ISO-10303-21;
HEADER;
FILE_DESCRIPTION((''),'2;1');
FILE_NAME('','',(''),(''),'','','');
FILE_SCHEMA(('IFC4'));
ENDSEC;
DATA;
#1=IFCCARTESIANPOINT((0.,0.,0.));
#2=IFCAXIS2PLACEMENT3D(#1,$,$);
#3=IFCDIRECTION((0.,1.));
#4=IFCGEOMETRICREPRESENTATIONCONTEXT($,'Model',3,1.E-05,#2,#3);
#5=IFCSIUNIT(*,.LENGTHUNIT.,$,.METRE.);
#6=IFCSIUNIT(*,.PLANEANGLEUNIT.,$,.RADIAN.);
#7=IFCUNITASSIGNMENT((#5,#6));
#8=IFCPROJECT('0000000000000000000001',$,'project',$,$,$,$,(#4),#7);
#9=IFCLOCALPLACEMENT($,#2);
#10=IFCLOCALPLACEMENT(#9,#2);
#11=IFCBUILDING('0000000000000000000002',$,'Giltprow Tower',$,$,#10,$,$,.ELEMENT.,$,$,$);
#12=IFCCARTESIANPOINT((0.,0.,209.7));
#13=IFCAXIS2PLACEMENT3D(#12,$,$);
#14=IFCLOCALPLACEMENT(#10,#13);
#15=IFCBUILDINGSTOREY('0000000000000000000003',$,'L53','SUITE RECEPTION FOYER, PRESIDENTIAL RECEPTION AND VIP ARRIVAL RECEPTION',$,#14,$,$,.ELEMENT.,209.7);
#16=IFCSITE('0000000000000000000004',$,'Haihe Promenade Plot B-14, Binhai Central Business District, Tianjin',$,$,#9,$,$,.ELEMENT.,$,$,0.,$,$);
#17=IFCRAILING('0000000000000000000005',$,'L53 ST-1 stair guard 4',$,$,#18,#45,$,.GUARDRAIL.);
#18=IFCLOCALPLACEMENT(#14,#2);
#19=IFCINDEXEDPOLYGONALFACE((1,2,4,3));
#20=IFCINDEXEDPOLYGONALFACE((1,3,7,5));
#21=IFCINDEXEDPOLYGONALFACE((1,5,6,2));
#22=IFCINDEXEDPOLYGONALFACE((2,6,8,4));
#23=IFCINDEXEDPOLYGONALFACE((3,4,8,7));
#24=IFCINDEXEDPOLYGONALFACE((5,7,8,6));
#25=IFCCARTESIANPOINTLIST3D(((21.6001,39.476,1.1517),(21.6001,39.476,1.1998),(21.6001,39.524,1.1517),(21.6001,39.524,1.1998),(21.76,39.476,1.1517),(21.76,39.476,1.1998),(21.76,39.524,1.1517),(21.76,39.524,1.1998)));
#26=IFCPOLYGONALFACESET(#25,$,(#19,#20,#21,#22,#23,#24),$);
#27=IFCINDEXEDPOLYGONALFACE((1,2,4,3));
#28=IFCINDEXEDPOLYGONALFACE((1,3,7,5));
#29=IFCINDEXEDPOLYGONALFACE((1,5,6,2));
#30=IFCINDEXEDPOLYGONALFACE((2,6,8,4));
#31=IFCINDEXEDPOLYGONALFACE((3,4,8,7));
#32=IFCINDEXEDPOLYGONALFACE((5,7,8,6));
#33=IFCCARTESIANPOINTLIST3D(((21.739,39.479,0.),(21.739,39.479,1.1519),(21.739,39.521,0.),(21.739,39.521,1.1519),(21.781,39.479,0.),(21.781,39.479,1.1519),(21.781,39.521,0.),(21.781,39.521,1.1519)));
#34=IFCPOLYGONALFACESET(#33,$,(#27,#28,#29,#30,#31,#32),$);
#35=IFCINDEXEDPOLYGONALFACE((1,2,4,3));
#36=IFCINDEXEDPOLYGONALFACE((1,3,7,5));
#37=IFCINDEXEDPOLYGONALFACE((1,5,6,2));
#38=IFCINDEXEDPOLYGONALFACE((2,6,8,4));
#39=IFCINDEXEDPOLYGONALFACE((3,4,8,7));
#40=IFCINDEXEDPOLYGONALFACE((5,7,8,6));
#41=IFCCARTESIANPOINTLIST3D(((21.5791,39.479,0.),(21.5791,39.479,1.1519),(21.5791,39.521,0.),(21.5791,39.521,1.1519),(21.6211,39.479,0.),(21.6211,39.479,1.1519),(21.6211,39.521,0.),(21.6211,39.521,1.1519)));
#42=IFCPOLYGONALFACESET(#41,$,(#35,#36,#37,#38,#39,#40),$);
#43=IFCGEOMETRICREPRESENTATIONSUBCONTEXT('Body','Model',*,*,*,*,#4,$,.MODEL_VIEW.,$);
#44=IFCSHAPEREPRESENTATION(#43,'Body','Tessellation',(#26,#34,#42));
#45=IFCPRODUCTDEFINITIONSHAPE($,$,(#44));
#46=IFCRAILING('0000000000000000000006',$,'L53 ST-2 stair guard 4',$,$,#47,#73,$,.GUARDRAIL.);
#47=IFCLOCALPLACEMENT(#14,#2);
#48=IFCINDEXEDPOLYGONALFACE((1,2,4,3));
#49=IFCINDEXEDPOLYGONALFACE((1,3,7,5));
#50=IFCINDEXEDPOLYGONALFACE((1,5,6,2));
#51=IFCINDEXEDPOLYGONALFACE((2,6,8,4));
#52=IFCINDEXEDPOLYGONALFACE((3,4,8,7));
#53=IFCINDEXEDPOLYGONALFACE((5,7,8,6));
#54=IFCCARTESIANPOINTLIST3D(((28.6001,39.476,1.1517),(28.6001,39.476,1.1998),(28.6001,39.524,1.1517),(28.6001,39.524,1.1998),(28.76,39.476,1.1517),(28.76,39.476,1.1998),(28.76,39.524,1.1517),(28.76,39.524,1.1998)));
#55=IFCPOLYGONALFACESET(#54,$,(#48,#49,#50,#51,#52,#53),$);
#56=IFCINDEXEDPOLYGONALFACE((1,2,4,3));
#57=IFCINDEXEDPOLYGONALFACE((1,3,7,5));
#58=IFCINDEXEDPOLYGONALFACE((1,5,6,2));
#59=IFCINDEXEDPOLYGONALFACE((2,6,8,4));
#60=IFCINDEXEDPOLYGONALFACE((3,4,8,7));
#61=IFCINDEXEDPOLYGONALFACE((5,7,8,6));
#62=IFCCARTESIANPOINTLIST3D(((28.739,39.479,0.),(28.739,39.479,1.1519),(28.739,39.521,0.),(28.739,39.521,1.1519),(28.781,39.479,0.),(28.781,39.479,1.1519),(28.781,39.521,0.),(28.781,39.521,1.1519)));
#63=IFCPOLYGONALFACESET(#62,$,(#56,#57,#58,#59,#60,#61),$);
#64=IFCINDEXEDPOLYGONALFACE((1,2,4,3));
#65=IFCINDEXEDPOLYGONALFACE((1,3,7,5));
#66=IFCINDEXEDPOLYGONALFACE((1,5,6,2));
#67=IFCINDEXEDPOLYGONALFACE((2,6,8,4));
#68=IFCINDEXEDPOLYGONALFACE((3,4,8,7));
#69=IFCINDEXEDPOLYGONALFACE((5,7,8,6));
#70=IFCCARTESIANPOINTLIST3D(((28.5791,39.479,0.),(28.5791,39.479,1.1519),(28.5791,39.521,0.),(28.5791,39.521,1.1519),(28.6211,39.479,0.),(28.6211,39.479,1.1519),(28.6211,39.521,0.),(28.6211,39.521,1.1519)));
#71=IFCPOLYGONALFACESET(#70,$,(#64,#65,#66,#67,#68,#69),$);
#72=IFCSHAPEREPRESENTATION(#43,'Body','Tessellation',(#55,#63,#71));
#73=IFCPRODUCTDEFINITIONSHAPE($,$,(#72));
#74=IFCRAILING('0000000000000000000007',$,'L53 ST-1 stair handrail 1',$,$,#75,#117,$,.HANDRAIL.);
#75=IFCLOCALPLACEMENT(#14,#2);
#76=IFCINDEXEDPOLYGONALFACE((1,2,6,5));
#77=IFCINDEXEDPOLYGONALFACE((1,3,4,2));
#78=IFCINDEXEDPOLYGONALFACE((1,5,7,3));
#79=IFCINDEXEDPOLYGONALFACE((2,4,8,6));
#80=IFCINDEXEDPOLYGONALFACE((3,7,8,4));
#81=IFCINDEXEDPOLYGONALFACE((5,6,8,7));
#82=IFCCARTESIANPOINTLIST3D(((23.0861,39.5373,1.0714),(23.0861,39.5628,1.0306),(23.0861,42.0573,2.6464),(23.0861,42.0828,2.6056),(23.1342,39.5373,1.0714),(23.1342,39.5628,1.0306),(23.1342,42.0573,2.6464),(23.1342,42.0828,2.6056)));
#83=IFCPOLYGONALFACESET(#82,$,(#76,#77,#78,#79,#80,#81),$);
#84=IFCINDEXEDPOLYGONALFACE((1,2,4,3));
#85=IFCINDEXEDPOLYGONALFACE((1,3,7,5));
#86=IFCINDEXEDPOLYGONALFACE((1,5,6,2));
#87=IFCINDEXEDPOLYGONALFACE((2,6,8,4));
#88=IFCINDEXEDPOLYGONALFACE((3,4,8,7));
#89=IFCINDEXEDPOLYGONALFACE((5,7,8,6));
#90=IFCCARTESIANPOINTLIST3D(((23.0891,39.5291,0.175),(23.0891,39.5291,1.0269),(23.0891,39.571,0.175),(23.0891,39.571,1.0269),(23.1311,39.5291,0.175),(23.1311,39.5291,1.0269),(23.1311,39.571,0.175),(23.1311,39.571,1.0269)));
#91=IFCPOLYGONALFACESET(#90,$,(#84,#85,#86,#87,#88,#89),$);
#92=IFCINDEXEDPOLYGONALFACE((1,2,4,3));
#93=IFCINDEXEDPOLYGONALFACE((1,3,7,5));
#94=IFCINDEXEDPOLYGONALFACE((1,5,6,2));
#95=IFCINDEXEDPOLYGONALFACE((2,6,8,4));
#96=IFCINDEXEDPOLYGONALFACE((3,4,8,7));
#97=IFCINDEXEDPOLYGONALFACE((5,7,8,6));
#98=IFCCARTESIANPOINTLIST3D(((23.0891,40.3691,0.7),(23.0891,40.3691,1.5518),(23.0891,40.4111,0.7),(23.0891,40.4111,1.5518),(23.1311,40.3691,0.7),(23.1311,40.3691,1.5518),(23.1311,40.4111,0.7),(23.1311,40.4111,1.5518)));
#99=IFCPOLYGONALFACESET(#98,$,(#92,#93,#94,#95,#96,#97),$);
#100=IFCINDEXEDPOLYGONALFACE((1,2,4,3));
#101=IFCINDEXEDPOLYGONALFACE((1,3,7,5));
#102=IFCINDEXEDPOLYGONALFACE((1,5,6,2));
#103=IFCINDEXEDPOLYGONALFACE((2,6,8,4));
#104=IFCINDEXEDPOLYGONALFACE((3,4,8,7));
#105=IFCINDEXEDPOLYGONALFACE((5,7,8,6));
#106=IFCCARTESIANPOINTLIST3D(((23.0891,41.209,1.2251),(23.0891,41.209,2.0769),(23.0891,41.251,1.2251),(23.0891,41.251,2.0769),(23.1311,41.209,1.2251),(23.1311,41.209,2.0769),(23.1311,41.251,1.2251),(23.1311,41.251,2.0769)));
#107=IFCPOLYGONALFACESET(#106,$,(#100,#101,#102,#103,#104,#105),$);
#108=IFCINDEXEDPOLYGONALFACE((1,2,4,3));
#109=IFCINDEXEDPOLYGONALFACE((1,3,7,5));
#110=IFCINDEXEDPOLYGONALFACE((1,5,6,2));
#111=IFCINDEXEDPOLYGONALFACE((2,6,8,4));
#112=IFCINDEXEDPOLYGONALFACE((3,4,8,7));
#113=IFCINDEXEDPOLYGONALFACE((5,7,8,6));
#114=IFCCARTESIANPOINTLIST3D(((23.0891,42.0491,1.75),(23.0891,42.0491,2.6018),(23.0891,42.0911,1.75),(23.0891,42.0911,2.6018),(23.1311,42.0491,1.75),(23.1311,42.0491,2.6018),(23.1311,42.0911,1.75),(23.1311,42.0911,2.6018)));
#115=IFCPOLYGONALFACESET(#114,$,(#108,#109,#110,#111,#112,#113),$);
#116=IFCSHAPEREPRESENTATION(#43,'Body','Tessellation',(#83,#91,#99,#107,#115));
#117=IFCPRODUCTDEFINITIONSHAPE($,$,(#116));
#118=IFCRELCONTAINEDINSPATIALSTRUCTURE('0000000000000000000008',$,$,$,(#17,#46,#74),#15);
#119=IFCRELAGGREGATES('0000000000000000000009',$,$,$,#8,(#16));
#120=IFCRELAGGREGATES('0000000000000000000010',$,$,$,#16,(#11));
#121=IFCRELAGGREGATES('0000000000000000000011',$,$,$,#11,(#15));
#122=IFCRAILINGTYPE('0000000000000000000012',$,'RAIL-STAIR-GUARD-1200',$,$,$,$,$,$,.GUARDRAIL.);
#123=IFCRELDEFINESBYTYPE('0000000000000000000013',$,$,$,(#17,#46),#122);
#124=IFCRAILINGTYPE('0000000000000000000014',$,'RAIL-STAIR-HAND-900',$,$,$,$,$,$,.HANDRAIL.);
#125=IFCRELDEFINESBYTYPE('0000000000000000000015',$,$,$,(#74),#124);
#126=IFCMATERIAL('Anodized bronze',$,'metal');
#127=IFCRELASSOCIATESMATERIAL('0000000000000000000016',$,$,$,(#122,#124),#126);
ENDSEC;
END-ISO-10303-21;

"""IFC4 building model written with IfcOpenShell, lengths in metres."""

from ifc_helpers import new_model, si_unit, direction, frame, origin, origin_2d, place, context, subcontext, project, spatial, rectangle, extrude, material, type_object, element, save


model = new_model("IFC4")

# Units and contexts
model_context = context("Model", 3, precision=1e-05, world=origin(), true_north=direction((0.0, 1.0)))
body_context = subcontext(model_context, "Body", "Model", "MODEL_VIEW")
ifc_project = project(units=[si_unit("LENGTHUNIT", "METRE"), si_unit("PLANEANGLEUNIT", "RADIAN")], contexts=[model_context])

# Site, building, storey
site_placement = place(None, origin())
site = spatial("IfcSite", under=ifc_project, at=site_placement, Name="Haihe Promenade Plot B-14, Binhai Central Business District, Tianjin", CompositionType="ELEMENT", RefElevation=0.0)
building_placement = place(site_placement, origin())
building = spatial("IfcBuilding", under=site, at=building_placement, Name="Giltprow Tower", CompositionType="ELEMENT")
storey_placement = place(building_placement, frame((0.0, 0.0, 209.7)))
storey = spatial("IfcBuildingStorey", under=building, at=storey_placement, Name="L53", Description="SUITE RECEPTION FOYER, PRESIDENTIAL RECEPTION AND VIP ARRIVAL RECEPTION", CompositionType="ELEMENT", Elevation=209.7)

# Railings
ifc_material_1 = material(Name="Anodized bronze", Category="metal")
railing_type_1 = type_object("IfcRailingType", Name="RAIL-STAIR-GUARD-1200", PredefinedType="GUARDRAIL", material=ifc_material_1)
for number, where, name in (
    (1, (21.76, 39.5, 0.0), "L53 ST-1 stair guard 4"),
    (2, (28.76, 39.5, 0.0), "L53 ST-2 stair guard 4"),
):
    element("IfcRailing", number, at=place(storey_placement, frame(where)), inside=storey, type_object=railing_type_1, Name=name, PredefinedType="GUARDRAIL", context=body_context, shape_type="SweptSolid", body=[
        extrude(rectangle(XDim=0.0481, YDim=0.0481, at=origin_2d()), frame((0.0, 0.0, 1.1758), z_axis=(-1.0, 0.0, 0.0), x_axis=(0.0, -1.0, 0.0)), (0.0, 0.0, 1.0), 0.1599),
        extrude(rectangle(XDim=0.042, YDim=0.042, at=origin_2d()), origin(), (0.0, 0.0, 1.0), 1.1519),
        extrude(rectangle(XDim=0.042, YDim=0.042, at=origin_2d()), frame((-0.1599, 0.0, 0.0)), (0.0, 0.0, 1.0), 1.1519),
    ])
railing_type_2 = type_object("IfcRailingType", Name="RAIL-STAIR-HAND-900", PredefinedType="HANDRAIL", material=ifc_material_1)
railing_1_placement = place(storey_placement, frame((23.1101, 39.55, 0.175)))
element("IfcRailing", 3, at=railing_1_placement, inside=storey, type_object=railing_type_2, Name="L53 ST-1 stair handrail 1", PredefinedType="HANDRAIL", context=body_context, shape_type="SweptSolid", body=[
    extrude(rectangle(XDim=0.0481, YDim=0.0481, at=origin_2d()), frame((0.0, 0.0, 0.876), z_axis=(0.0, 0.848008, 0.529984), x_axis=(-1.0, 0.0, 0.0)), (0.0, 0.0, 1.0), 2.9717),
    extrude(rectangle(XDim=0.042, YDim=0.042, at=origin_2d()), origin(), (0.0, 0.0, 1.0), 0.8518),
    extrude(rectangle(XDim=0.042, YDim=0.042, at=origin_2d()), frame((0.0, 0.8401, 0.5249)), (0.0, 0.0, 1.0), 0.8518),
    extrude(rectangle(XDim=0.042, YDim=0.042, at=origin_2d()), frame((0.0, 1.6799, 1.05)), (0.0, 0.0, 1.0), 0.8518),
    extrude(rectangle(XDim=0.042, YDim=0.042, at=origin_2d()), frame((0.0, 2.52, 1.575)), (0.0, 0.0, 1.0), 0.8518),
])

save(model, "model.ifc")
